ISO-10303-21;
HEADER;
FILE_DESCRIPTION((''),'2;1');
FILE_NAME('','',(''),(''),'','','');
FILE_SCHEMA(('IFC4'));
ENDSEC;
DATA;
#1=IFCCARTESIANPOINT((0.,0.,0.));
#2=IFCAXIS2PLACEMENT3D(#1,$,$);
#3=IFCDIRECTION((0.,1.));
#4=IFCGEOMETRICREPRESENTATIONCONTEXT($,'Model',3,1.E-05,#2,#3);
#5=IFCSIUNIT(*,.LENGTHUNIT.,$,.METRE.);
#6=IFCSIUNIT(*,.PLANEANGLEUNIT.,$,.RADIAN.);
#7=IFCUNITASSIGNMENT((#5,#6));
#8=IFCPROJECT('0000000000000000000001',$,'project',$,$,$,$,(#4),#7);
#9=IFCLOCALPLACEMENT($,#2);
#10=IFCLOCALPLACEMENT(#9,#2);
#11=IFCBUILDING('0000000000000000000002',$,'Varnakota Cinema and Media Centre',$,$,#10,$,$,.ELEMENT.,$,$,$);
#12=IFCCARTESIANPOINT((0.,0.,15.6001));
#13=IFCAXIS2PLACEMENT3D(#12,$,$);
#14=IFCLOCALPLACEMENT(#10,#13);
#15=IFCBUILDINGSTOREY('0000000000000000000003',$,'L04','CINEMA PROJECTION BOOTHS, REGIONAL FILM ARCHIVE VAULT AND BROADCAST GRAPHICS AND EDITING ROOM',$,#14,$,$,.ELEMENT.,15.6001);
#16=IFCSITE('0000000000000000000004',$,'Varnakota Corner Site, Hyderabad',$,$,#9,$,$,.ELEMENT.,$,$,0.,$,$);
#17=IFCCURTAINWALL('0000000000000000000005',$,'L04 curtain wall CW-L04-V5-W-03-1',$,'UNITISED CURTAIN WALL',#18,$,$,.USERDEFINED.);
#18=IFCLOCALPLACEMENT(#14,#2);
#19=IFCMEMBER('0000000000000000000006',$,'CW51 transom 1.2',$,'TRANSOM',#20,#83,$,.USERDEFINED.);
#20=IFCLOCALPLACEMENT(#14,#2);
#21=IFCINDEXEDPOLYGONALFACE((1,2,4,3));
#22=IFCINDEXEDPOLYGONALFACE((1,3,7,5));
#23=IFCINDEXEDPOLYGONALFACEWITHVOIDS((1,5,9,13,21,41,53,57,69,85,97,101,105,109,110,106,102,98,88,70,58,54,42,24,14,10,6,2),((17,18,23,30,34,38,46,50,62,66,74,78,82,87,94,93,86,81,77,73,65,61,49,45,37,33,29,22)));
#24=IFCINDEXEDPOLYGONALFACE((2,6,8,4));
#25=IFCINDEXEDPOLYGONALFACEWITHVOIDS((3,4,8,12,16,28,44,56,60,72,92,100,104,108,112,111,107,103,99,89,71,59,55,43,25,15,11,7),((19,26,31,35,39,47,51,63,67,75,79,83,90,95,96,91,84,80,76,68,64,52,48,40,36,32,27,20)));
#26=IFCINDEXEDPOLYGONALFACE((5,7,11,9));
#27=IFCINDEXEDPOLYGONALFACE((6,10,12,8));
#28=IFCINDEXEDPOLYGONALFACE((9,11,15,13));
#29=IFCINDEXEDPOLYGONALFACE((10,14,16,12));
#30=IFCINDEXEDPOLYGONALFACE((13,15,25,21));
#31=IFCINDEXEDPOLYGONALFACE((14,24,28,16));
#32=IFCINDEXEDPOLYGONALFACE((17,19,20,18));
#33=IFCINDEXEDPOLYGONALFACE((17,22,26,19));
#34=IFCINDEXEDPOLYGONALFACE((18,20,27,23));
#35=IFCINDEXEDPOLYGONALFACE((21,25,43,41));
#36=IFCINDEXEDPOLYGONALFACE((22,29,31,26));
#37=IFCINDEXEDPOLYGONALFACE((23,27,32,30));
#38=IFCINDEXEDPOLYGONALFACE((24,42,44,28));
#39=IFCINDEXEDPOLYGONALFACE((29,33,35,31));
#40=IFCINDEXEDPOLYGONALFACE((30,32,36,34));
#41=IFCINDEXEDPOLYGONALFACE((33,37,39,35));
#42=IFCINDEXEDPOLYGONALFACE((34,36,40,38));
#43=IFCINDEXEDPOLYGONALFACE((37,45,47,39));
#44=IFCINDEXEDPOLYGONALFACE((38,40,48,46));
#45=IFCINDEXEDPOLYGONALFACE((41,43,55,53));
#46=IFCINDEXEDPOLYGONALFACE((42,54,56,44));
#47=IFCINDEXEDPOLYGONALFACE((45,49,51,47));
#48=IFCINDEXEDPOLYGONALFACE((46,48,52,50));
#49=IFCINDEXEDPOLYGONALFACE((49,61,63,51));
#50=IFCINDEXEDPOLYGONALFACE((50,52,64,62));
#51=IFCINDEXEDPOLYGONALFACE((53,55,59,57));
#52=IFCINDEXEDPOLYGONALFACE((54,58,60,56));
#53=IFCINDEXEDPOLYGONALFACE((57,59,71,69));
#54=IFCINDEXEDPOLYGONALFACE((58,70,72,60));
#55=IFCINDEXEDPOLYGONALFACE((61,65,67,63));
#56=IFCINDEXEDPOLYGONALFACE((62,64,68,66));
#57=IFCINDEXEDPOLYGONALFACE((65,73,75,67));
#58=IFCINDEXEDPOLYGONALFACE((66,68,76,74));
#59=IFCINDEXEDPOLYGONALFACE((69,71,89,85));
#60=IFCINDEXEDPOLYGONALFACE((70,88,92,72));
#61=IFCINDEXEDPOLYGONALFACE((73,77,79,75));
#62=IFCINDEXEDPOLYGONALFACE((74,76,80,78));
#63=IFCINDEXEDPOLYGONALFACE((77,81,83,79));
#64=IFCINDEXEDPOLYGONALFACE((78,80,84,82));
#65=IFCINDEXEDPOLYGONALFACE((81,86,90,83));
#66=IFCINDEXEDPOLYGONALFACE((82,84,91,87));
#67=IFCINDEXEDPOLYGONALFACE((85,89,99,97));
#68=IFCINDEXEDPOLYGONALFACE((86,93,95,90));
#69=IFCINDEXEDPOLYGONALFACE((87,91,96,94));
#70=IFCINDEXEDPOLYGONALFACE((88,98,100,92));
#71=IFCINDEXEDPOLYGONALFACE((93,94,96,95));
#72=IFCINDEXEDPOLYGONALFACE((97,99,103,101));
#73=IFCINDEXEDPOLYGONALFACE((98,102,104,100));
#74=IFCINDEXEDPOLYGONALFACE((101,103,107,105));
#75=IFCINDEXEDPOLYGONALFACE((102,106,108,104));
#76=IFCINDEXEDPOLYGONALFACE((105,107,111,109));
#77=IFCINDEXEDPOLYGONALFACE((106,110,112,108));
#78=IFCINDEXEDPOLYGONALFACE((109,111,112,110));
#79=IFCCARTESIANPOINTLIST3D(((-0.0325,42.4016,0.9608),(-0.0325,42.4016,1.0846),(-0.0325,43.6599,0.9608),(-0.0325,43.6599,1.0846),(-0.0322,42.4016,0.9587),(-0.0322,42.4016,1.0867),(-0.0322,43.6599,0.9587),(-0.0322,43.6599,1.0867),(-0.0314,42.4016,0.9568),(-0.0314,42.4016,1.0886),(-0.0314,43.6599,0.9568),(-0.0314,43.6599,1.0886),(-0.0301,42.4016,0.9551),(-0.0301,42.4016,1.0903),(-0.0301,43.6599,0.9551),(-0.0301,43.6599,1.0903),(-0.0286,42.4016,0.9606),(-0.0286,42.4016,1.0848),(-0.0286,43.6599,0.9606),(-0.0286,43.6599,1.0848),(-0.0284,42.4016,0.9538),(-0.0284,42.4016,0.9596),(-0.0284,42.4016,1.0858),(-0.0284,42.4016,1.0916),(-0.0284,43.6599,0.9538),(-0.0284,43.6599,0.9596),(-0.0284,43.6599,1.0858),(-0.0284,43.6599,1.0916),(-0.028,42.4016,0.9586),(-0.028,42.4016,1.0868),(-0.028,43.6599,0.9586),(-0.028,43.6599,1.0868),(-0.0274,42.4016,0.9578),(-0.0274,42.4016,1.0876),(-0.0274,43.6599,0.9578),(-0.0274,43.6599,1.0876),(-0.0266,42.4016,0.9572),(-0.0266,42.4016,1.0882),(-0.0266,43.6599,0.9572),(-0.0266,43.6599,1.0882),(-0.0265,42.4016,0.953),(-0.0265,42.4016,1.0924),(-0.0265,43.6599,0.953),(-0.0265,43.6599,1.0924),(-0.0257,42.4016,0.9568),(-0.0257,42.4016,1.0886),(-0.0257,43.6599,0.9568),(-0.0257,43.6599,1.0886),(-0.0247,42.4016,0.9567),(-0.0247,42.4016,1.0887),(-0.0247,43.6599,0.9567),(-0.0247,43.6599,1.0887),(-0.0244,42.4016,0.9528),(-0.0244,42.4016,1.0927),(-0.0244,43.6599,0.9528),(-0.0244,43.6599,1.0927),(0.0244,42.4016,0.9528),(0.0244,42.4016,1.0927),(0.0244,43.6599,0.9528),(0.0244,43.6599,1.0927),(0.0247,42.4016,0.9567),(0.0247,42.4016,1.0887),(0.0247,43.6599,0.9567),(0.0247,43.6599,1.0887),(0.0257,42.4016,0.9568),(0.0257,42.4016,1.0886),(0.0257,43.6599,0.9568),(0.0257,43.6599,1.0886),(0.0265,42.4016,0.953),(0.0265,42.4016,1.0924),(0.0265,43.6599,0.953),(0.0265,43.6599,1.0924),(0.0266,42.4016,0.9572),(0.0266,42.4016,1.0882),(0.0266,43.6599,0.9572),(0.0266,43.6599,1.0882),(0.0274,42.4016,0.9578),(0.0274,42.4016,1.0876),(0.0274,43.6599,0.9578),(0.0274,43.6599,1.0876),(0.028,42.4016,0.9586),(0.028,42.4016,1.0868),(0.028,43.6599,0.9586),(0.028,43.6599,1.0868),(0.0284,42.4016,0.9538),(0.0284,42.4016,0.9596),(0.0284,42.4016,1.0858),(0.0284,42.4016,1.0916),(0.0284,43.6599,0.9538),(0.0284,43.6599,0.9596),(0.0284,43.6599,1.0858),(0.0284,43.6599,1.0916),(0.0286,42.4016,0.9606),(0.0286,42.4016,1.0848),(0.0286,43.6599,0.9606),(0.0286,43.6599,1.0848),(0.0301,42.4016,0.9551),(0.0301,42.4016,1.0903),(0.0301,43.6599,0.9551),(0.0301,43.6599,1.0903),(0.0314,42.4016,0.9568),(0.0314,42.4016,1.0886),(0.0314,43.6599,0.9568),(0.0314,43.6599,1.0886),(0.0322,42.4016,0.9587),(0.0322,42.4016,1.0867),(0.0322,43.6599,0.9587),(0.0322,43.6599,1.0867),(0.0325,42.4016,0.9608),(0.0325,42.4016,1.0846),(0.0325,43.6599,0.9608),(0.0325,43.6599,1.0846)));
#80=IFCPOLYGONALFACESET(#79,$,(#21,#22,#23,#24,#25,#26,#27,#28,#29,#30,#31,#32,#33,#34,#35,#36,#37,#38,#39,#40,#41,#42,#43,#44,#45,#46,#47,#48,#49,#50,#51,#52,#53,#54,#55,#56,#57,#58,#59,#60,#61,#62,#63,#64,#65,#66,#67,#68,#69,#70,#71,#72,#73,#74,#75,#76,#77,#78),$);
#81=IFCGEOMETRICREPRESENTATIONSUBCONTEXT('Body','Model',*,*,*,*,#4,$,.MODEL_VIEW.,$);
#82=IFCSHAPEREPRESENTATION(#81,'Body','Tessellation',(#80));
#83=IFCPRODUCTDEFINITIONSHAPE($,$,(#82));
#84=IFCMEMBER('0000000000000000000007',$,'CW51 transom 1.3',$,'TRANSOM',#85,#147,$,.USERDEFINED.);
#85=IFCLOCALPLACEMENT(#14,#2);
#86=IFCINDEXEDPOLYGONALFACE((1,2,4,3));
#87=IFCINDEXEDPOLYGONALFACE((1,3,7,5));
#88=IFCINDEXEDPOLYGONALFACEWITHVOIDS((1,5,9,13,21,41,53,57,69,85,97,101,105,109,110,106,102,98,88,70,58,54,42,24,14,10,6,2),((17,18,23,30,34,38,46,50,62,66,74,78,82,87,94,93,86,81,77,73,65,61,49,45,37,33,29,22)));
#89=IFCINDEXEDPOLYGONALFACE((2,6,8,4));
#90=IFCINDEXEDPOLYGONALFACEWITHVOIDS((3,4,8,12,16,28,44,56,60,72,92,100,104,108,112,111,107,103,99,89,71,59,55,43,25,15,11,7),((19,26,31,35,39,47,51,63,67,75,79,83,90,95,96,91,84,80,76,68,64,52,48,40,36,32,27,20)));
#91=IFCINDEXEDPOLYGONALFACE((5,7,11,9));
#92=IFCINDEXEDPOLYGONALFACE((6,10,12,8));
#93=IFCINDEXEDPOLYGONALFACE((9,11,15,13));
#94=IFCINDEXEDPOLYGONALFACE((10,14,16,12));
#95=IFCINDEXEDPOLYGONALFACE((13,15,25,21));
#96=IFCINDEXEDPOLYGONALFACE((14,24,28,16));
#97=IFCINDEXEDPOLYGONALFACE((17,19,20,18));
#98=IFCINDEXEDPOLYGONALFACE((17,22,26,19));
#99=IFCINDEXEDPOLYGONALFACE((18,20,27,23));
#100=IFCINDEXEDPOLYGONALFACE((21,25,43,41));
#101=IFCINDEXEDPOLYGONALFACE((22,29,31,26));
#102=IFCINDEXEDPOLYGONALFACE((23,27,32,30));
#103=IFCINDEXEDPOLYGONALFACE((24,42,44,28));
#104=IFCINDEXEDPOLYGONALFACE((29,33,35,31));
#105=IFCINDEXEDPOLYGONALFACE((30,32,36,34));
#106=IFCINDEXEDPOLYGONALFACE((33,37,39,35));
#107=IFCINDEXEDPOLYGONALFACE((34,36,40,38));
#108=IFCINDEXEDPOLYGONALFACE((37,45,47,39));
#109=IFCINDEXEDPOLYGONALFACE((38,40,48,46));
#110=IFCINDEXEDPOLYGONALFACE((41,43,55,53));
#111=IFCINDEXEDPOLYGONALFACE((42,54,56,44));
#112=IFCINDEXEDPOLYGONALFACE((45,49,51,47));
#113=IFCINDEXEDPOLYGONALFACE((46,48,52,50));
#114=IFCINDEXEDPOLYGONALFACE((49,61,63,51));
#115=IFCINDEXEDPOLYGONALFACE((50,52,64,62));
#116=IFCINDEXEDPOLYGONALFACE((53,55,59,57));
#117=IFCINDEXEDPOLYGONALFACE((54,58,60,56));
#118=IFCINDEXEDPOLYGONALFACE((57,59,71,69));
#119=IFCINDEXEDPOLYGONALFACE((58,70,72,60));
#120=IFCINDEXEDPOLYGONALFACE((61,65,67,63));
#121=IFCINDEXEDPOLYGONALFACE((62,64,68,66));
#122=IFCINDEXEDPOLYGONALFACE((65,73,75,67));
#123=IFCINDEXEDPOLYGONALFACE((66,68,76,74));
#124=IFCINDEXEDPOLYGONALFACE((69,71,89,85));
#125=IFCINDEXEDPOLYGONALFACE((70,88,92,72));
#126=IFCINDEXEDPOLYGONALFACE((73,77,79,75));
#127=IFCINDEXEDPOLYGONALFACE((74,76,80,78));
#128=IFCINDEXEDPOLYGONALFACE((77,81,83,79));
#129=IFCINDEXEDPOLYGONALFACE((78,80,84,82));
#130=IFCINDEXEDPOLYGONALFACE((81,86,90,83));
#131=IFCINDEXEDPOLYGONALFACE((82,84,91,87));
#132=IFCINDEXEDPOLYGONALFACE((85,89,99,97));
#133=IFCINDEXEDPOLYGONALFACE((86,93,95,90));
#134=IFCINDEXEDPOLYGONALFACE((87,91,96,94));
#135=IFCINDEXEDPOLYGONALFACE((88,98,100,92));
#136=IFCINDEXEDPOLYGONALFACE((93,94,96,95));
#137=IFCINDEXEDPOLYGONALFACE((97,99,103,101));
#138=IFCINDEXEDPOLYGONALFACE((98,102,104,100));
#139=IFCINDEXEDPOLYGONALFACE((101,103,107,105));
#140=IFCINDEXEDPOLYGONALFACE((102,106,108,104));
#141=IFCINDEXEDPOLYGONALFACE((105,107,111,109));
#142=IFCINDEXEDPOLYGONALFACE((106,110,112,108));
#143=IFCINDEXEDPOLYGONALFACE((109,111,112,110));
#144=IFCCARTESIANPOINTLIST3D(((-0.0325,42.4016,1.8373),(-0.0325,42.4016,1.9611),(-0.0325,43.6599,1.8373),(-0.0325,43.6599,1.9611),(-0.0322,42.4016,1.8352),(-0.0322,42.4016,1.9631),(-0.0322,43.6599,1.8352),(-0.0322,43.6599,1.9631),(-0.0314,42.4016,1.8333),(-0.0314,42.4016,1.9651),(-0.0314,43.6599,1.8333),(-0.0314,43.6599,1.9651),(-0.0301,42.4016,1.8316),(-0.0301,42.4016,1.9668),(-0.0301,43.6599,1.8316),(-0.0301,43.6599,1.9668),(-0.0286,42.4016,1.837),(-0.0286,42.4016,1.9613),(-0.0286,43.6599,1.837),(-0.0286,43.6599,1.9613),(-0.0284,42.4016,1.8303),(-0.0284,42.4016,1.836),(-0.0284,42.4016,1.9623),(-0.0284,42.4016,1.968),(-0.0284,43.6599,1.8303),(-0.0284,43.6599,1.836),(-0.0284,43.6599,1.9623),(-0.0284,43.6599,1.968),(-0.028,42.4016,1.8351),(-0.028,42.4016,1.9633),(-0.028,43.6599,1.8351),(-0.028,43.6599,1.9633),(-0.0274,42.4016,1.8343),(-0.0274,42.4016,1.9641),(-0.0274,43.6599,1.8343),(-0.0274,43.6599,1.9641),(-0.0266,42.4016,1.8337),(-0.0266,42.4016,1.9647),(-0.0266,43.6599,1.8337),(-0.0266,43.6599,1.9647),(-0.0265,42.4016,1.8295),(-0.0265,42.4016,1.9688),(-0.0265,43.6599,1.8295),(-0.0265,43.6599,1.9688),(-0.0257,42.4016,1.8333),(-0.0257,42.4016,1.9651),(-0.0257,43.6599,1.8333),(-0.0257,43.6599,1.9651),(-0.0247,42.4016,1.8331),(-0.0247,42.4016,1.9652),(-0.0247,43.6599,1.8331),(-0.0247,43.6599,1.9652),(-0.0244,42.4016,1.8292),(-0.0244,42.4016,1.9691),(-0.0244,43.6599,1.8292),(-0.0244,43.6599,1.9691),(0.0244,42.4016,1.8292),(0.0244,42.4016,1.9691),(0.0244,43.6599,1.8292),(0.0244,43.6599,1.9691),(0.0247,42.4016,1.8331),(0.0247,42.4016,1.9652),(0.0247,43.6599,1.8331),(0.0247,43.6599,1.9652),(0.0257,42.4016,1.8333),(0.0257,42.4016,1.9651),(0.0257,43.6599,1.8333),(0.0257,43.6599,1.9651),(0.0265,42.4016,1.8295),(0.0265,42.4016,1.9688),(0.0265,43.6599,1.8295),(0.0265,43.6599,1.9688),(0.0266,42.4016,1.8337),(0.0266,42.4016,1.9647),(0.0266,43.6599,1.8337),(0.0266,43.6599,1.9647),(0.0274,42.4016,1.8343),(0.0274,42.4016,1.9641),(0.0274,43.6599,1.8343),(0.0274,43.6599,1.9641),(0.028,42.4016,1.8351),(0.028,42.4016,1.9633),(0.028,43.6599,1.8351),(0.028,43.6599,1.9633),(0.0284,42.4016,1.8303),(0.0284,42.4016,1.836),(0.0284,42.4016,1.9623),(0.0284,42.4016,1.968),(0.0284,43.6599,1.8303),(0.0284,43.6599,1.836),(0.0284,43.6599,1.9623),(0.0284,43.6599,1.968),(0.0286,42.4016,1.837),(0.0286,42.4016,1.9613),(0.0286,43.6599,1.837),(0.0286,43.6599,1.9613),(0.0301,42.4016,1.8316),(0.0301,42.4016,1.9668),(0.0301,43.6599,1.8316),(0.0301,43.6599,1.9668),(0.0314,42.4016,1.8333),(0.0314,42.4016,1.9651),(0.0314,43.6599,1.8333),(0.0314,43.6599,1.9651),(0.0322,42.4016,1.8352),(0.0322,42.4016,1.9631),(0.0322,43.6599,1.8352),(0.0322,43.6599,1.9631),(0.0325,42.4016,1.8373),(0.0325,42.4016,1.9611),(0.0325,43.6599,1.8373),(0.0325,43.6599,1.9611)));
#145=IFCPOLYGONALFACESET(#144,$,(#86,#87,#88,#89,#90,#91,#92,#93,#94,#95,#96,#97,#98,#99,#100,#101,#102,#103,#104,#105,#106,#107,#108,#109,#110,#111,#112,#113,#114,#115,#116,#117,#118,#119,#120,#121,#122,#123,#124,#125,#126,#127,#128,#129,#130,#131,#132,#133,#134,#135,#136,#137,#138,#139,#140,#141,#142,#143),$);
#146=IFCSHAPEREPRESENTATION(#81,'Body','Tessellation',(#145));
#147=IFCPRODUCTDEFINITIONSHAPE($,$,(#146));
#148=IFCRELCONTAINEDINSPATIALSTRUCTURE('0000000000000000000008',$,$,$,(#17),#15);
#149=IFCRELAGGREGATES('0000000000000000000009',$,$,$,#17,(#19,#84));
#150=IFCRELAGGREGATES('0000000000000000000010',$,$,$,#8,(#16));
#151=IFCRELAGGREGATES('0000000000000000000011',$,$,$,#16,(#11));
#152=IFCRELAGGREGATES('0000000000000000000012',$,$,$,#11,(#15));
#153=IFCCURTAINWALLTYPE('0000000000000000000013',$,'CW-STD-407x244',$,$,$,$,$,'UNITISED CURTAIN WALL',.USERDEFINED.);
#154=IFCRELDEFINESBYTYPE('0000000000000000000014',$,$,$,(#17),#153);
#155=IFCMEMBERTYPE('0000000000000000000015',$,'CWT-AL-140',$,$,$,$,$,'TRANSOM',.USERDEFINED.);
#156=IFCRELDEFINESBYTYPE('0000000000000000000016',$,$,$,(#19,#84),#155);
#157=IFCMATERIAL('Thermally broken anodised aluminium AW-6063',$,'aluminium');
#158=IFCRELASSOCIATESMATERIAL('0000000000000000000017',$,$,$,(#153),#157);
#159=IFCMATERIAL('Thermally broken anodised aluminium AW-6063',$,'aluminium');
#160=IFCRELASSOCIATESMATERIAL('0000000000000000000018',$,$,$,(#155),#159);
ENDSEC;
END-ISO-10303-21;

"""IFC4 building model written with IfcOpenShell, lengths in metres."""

from ifc_helpers import new_model, si_unit, direction, frame, origin, origin_2d, place, context, subcontext, project, spatial, hollow_rectangle, extrude, material, material_profile, profile_set, type_object, element, aggregate, save


model = new_model("IFC4")

# Units and contexts
model_context = context("Model", 3, precision=1e-05, world=origin(), true_north=direction((0.0, 1.0)))
body_context = subcontext(model_context, "Body", "Model", "MODEL_VIEW")
ifc_project = project(units=[si_unit("LENGTHUNIT", "METRE"), si_unit("PLANEANGLEUNIT", "RADIAN")], contexts=[model_context])

# Site, building, storey
site_placement = place(None, origin())
site = spatial("IfcSite", under=ifc_project, at=site_placement, Name="Varnakota Corner Site, Hyderabad", CompositionType="ELEMENT", RefElevation=0.0)
building_placement = place(site_placement, origin())
building = spatial("IfcBuilding", under=site, at=building_placement, Name="Varnakota Cinema and Media Centre", CompositionType="ELEMENT")
storey_placement = place(building_placement, frame((0.0, 0.0, 15.6001)))
storey = spatial("IfcBuildingStorey", under=building, at=storey_placement, Name="L04", Description="CINEMA PROJECTION BOOTHS, REGIONAL FILM ARCHIVE VAULT AND BROADCAST GRAPHICS AND EDITING ROOM", CompositionType="ELEMENT", Elevation=15.6001)

# Curtain wall
ifc_material_1 = material(Name="Thermally broken anodised aluminium AW-6063", Category="aluminium")
curtain_wall_type_1 = type_object("IfcCurtainWallType", Name="CW-STD-407x244", ElementType="UNITISED CURTAIN WALL", PredefinedType="USERDEFINED", material=ifc_material_1)
curtain_wall_1_placement = place(storey_placement, origin())
curtain_wall_1 = element("IfcCurtainWall", 1, at=curtain_wall_1_placement, inside=storey, type_object=curtain_wall_type_1, Name="L04 curtain wall CW-L04-V5-W-03-1", ObjectType="UNITISED CURTAIN WALL", PredefinedType="USERDEFINED")

# Members
ifc_material_2 = material(Name="Thermally broken anodised aluminium AW-6063", Category="aluminium")
ifc_material_profile_1 = material_profile(ifc_material_2, hollow_rectangle(XDim=0.0649, YDim=0.1399, WallThickness=0.0039, InnerFilletRadius=0.0039, OuterFilletRadius=0.0081, at=origin_2d()), Name="AL-TRANSOM 140x65x4")
ifc_profile_set_1 = profile_set([ifc_material_profile_1], Name="Thermally broken anodised aluminium AW-6063")
member_type_1 = type_object("IfcMemberType", Name="CWT-AL-140", ElementType="TRANSOM", PredefinedType="USERDEFINED", material=ifc_profile_set_1)
member_1_placement = place(storey_placement, frame((0.0, 43.6599, 1.0227), z_axis=(0.0, -1.0, 0.0), x_axis=(1.0, 0.0, 0.0)))
member_1 = element("IfcMember", 2, at=member_1_placement, type_object=member_type_1, Name="CW51 transom 1.2", ObjectType="TRANSOM", PredefinedType="USERDEFINED", context=body_context, shape_type="SweptSolid", body=[
    extrude(hollow_rectangle(XDim=0.0649, YDim=0.1399, WallThickness=0.0039, InnerFilletRadius=0.0039, OuterFilletRadius=0.0081, at=origin_2d()), origin(), (0.0, 0.0, 1.0), 1.2583),
])
member_2_placement = place(storey_placement, frame((0.0, 43.6599, 1.8992), z_axis=(0.0, -1.0, 0.0), x_axis=(1.0, 0.0, 0.0)))
member_2 = element("IfcMember", 3, at=member_2_placement, type_object=member_type_1, Name="CW51 transom 1.3", ObjectType="TRANSOM", PredefinedType="USERDEFINED", context=body_context, shape_type="SweptSolid", body=[
    extrude(hollow_rectangle(XDim=0.0649, YDim=0.1399, WallThickness=0.0039, InnerFilletRadius=0.0039, OuterFilletRadius=0.0081, at=origin_2d()), origin(), (0.0, 0.0, 1.0), 1.2583),
])

aggregate(curtain_wall_1, [member_1, member_2])

save(model, "model.ifc")
